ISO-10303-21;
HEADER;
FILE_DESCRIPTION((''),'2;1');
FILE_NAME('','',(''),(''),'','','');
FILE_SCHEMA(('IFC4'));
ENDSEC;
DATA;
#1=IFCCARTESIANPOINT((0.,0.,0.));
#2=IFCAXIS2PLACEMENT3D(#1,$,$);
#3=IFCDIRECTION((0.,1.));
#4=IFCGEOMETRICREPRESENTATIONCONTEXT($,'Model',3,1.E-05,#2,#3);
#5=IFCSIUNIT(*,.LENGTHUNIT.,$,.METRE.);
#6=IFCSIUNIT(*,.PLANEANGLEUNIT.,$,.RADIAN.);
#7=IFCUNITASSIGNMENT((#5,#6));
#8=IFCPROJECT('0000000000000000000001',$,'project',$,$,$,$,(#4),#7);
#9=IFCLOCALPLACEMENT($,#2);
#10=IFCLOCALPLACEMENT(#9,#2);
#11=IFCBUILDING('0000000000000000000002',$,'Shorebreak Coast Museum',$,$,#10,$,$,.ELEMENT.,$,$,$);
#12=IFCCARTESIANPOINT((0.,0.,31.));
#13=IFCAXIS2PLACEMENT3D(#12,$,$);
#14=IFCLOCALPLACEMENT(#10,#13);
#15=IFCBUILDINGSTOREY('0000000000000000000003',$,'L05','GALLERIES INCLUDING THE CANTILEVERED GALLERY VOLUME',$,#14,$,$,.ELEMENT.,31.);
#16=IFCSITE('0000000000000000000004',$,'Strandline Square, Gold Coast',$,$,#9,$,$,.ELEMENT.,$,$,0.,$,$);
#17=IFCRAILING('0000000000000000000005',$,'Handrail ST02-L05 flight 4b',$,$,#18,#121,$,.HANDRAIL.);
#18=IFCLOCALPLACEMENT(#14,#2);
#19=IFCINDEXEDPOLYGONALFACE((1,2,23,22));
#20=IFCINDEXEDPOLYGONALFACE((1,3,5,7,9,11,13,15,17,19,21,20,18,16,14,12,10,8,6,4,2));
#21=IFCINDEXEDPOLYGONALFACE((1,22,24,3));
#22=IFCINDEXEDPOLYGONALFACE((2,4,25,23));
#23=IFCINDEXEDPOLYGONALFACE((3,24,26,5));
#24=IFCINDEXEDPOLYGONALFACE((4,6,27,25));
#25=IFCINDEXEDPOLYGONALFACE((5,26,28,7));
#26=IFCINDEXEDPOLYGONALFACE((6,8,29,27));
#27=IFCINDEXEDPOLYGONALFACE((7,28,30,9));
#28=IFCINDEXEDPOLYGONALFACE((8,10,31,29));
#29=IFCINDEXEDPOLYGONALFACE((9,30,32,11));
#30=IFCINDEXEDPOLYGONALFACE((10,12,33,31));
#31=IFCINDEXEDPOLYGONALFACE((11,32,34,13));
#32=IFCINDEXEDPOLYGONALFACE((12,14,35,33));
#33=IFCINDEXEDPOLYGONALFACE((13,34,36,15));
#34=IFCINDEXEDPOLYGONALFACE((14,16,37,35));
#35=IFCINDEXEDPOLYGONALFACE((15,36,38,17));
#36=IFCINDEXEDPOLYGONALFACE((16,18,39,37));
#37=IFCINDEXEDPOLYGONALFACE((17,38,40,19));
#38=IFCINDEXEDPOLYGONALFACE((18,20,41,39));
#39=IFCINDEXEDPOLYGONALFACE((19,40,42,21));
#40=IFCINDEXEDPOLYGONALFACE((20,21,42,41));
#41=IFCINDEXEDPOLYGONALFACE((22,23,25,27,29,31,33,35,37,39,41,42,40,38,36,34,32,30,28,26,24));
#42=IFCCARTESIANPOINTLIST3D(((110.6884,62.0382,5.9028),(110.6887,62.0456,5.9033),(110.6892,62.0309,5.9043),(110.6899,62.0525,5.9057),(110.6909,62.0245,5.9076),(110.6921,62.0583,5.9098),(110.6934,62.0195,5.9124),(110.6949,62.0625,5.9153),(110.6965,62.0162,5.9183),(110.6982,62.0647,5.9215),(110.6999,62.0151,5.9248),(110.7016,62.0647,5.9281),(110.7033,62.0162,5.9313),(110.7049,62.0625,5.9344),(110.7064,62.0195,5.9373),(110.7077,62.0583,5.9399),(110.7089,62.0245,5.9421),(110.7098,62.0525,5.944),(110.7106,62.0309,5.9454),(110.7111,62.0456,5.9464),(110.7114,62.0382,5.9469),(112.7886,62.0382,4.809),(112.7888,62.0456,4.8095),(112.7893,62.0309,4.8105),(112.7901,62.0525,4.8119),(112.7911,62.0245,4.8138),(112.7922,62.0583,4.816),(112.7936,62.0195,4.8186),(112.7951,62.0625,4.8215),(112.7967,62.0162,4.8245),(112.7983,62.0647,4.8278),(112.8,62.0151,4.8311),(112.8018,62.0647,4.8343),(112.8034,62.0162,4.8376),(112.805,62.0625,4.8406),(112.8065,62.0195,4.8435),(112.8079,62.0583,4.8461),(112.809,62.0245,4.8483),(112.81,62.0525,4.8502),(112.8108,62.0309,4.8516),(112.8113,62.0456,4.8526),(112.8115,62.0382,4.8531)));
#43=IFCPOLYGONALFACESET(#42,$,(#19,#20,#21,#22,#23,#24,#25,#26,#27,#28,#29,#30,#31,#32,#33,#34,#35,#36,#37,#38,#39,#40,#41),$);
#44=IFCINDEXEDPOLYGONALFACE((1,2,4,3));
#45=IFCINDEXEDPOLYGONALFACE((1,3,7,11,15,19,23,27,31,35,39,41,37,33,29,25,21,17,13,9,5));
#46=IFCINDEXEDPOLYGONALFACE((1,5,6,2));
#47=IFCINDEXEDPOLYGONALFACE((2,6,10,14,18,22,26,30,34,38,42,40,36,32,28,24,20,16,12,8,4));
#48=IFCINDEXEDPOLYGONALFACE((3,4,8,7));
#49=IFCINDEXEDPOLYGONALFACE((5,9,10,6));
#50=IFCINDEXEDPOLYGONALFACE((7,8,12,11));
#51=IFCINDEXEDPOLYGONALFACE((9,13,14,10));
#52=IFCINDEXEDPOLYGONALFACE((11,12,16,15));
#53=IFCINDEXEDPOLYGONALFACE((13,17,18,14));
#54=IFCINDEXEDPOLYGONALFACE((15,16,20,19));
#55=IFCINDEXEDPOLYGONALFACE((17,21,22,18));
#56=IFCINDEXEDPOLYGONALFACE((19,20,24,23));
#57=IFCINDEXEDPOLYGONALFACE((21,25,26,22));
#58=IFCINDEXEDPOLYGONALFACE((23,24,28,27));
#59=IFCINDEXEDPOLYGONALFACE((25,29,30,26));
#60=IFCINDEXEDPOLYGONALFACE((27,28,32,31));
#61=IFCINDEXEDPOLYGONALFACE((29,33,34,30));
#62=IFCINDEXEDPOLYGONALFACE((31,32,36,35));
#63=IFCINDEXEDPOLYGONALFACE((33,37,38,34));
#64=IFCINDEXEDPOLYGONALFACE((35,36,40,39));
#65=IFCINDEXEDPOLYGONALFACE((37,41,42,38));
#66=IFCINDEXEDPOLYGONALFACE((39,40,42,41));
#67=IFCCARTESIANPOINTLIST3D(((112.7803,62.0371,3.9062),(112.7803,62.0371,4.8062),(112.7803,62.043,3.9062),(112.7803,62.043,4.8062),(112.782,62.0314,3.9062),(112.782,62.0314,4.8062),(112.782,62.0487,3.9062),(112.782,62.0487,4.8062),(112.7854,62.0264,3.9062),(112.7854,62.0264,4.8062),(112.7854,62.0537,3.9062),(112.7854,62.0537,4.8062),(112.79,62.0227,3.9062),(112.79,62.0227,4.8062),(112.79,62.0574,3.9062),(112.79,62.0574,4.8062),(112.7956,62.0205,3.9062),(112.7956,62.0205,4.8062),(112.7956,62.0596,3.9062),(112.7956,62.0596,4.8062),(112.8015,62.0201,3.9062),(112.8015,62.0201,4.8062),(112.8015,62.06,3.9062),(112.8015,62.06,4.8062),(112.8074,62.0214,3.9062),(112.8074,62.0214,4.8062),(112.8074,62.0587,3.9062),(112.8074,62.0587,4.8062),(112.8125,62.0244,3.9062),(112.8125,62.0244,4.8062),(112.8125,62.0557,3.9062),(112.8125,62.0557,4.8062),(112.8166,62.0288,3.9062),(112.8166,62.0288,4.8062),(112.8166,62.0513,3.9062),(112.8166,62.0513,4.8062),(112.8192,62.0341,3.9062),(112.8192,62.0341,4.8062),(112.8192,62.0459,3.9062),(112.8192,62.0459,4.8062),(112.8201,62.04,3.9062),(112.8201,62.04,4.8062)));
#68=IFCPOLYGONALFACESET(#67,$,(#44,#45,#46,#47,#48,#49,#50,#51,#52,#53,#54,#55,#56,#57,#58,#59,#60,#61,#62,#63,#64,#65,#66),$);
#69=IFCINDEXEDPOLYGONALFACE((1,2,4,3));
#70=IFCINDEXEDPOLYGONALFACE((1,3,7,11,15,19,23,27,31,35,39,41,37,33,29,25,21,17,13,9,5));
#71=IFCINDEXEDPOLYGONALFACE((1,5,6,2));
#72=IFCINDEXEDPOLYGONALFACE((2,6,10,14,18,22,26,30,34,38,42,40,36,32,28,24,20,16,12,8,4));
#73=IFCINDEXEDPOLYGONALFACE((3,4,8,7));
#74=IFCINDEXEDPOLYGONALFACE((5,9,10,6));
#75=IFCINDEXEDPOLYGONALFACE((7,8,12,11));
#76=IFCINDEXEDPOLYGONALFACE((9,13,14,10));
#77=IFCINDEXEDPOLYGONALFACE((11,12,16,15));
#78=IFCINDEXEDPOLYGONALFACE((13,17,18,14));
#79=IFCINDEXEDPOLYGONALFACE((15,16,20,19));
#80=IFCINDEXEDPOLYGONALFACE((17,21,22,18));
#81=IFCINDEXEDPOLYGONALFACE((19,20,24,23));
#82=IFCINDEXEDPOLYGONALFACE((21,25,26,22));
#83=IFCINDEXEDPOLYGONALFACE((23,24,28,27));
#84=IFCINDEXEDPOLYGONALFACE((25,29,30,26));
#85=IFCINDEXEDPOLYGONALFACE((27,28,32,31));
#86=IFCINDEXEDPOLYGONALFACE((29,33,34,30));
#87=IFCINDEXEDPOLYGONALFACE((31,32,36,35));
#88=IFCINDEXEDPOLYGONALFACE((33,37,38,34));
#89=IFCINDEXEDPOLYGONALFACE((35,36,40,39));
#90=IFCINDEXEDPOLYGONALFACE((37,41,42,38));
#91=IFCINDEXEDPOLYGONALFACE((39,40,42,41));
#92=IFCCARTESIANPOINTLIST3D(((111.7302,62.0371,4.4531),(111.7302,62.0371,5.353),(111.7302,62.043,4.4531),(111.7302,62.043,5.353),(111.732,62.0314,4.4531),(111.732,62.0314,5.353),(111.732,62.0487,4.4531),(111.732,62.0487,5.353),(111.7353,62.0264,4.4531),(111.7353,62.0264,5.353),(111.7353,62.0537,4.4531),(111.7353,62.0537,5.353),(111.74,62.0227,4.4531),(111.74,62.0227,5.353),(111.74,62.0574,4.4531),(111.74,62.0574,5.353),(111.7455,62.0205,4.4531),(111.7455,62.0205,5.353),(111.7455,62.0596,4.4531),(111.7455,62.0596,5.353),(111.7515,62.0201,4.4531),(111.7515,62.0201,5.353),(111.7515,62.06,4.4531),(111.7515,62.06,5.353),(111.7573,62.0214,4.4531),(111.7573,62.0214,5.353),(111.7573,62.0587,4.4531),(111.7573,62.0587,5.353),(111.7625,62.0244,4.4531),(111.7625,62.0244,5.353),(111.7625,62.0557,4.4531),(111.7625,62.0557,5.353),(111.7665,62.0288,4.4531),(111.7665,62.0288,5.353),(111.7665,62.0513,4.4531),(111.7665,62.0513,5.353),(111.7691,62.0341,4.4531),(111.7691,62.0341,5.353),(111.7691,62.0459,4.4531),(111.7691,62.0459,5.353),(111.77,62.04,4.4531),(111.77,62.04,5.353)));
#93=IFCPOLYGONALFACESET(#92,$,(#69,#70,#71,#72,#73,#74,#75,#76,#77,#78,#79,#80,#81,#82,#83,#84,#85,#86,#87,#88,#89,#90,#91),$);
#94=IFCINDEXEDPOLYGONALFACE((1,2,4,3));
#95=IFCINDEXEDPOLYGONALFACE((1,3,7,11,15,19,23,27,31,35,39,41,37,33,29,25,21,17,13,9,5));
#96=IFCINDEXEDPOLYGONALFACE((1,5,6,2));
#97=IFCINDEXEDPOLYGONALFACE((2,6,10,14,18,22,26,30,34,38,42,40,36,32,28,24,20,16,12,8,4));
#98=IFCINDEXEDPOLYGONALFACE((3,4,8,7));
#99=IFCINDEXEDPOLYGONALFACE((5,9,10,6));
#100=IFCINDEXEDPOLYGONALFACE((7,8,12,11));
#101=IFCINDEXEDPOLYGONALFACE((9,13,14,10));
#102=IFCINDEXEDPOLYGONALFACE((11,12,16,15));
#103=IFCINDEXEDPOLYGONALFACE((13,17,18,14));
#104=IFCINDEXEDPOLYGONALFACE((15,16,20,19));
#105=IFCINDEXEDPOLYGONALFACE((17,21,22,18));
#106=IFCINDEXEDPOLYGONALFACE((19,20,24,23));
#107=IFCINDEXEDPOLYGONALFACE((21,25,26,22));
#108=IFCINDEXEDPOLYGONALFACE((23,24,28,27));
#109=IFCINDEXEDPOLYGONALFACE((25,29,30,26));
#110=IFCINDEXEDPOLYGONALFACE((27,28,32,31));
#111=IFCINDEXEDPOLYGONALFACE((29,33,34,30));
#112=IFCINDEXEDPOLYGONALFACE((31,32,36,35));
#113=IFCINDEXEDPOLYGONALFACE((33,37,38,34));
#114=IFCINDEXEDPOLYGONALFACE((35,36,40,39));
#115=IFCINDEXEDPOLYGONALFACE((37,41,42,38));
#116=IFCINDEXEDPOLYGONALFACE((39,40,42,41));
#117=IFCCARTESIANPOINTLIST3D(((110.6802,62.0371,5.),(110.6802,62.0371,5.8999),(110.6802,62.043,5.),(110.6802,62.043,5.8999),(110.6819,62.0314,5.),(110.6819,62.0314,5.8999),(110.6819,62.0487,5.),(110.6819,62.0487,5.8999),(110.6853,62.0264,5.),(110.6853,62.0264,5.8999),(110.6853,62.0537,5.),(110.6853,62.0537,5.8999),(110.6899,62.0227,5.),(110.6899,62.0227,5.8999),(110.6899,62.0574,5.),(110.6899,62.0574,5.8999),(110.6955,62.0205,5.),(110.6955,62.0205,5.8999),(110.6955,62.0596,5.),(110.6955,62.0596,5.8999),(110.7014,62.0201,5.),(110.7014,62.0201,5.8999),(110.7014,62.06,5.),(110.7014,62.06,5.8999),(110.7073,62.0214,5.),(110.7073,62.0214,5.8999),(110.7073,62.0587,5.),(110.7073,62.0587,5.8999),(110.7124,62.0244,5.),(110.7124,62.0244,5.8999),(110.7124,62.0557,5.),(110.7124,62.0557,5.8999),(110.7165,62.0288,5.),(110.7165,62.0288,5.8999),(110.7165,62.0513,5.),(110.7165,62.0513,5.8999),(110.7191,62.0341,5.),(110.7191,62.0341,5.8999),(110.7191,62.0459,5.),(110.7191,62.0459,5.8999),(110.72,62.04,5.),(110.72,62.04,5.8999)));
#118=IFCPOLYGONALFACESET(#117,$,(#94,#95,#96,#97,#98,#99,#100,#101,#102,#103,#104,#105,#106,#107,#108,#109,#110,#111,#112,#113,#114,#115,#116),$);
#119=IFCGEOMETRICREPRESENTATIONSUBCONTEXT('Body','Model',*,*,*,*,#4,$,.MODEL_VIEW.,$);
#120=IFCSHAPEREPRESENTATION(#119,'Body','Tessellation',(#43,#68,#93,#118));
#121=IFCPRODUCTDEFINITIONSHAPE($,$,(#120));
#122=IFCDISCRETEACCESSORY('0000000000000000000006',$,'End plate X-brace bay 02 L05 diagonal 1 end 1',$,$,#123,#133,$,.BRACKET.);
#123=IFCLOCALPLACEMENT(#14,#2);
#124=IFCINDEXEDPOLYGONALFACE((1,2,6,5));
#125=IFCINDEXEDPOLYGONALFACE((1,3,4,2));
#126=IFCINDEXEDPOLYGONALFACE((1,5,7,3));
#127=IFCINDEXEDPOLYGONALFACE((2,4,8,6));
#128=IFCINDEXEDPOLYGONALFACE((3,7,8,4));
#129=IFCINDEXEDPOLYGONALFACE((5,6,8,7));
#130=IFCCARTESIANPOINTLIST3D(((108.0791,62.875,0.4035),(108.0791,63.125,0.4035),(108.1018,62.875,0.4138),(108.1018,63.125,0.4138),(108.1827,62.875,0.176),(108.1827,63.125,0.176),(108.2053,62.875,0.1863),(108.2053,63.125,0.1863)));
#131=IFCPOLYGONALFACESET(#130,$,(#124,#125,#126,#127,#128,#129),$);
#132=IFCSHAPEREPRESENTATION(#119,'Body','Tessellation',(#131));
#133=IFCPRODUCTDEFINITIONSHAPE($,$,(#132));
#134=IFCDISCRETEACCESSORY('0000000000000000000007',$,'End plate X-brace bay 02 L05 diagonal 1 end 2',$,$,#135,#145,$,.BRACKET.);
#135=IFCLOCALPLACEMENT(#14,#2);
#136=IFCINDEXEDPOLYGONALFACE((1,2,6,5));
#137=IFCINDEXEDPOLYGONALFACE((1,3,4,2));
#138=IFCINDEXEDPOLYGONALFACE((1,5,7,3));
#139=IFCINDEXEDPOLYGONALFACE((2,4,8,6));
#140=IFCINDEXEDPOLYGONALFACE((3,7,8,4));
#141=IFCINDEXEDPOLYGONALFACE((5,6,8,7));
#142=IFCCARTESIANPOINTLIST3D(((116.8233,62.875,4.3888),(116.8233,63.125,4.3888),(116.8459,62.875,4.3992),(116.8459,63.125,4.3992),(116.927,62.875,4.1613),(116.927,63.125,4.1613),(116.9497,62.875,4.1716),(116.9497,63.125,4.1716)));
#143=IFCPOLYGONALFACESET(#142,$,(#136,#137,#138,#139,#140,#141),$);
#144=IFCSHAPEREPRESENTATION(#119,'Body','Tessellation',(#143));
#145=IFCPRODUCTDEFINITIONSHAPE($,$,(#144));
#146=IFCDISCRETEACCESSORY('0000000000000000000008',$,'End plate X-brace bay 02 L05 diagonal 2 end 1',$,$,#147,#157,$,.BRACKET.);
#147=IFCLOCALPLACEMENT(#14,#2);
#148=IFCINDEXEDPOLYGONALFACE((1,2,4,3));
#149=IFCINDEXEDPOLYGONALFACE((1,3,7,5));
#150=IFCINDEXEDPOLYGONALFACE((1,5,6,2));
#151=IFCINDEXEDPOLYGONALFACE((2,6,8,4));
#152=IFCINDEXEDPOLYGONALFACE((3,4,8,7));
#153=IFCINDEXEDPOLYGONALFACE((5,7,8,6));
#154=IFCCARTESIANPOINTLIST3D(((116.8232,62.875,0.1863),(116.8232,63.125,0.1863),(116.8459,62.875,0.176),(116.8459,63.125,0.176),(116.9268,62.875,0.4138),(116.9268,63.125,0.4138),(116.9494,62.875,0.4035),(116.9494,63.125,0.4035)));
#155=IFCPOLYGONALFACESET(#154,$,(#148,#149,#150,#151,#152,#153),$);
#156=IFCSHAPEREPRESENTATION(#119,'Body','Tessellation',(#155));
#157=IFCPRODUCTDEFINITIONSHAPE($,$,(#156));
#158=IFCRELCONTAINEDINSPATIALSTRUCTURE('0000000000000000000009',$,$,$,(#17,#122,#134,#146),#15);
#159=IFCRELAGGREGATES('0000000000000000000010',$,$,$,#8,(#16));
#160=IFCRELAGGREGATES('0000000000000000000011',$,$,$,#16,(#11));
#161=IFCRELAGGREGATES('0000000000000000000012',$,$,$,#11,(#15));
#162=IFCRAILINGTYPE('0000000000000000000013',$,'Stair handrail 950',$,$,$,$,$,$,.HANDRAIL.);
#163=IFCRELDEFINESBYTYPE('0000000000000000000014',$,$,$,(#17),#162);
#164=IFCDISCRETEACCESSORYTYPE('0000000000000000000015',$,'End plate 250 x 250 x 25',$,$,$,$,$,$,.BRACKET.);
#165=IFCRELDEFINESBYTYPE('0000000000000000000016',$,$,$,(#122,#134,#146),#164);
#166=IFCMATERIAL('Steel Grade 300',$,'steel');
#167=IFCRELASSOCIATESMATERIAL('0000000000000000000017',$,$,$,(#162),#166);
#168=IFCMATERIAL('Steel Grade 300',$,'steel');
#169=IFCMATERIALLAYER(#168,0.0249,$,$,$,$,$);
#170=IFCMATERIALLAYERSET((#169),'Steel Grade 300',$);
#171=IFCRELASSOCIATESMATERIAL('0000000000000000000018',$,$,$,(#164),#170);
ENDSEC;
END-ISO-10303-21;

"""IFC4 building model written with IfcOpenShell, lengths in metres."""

from ifc_helpers import new_model, si_unit, direction, frame, origin, origin_2d, place, context, subcontext, project, spatial, polyline, circle, outline, extrude, material, layer, layer_set, type_object, element, save


model = new_model("IFC4")

# Units and contexts
model_context = context("Model", 3, precision=1e-05, world=origin(), true_north=direction((0.0, 1.0)))
body_context = subcontext(model_context, "Body", "Model", "MODEL_VIEW")
ifc_project = project(units=[si_unit("LENGTHUNIT", "METRE"), si_unit("PLANEANGLEUNIT", "RADIAN")], contexts=[model_context])

# Site, building, storey
site_placement = place(None, origin())
site = spatial("IfcSite", under=ifc_project, at=site_placement, Name="Strandline Square, Gold Coast", CompositionType="ELEMENT", RefElevation=0.0)
building_placement = place(site_placement, origin())
building = spatial("IfcBuilding", under=site, at=building_placement, Name="Shorebreak Coast Museum", CompositionType="ELEMENT")
storey_placement = place(building_placement, frame((0.0, 0.0, 31.0)))
storey = spatial("IfcBuildingStorey", under=building, at=storey_placement, Name="L05", Description="GALLERIES INCLUDING THE CANTILEVERED GALLERY VOLUME", CompositionType="ELEMENT", Elevation=31.0)

# Railing
ifc_material_1 = material(Name="Steel Grade 300", Category="steel")
railing_type = type_object("IfcRailingType", Name="Stair handrail 950", PredefinedType="HANDRAIL", material=ifc_material_1)
for number, where, name in (
    (1, (112.8, 62.04, 3.9062), "Handrail ST02-L05 flight 4b"),
):
    element("IfcRailing", number, at=place(storey_placement, frame(where)), inside=storey, type_object=railing_type, Name=name, PredefinedType="HANDRAIL", context=body_context, shape_type="SweptSolid", body=[
        extrude(circle(Radius=0.0249, at=origin_2d()), frame((0.0, 0.0, 0.9248), z_axis=(-0.886923, 0.0, 0.461918), x_axis=(0.0, -1.0, 0.0)), (0.0, 0.0, 1.0), 2.3679),
        extrude(circle(Radius=0.02, at=origin_2d()), origin(), (0.0, 0.0, 1.0), 0.8999),
        extrude(circle(Radius=0.02, at=origin_2d()), frame((-1.05, 0.0, 0.5469)), (0.0, 0.0, 1.0), 0.8999),
        extrude(circle(Radius=0.02, at=origin_2d()), frame((-2.1001, 0.0, 1.0938)), (0.0, 0.0, 1.0), 0.8999),
    ])

# Discrete accessories
ifc_material_2 = material(Name="Steel Grade 300", Category="steel")
ifc_layer_1 = layer(ifc_material_2, 0.0249)
ifc_layer_set_1 = layer_set([ifc_layer_1], Name="Steel Grade 300")
discrete_accessory_type = type_object("IfcDiscreteAccessoryType", Name="End plate 250 x 250 x 25", PredefinedType="BRACKET", material=ifc_layer_set_1)
discrete_accessory_1_placement = place(storey_placement, frame((108.2053, 62.875, 0.1863), z_axis=(0.910233, 0.0, 0.414097), x_axis=(0.0, 1.0, 0.0)))
element("IfcDiscreteAccessory", 2, at=discrete_accessory_1_placement, inside=storey, type_object=discrete_accessory_type, Name="End plate X-brace bay 02 L05 diagonal 1 end 1", PredefinedType="BRACKET", context=body_context, shape_type="SweptSolid", body=[
    extrude(outline(polyline([(0.0, 0.0), (0.25, 0.0), (0.25, 0.25), (0.0, 0.25), (0.0, 0.0)])), origin(), (0.0, 0.0, -1.0), 0.0249),
])
discrete_accessory_2_placement = place(storey_placement, frame((116.9497, 62.875, 4.1716), z_axis=(0.909864, 0.0, 0.414906), x_axis=(0.0, 1.0, 0.0)))
element("IfcDiscreteAccessory", 3, at=discrete_accessory_2_placement, inside=storey, type_object=discrete_accessory_type, Name="End plate X-brace bay 02 L05 diagonal 1 end 2", PredefinedType="BRACKET", context=body_context, shape_type="SweptSolid", body=[
    extrude(outline(polyline([(0.0, 0.0), (0.25, 0.0), (0.25, 0.2501), (0.0, 0.2501), (0.0, 0.0)])), origin(), (0.0, 0.0, -1.0), 0.0249),
])
discrete_accessory_3_placement = place(storey_placement, frame((116.8232, 63.125, 0.1863), z_axis=(-0.910233, 0.0, 0.414097), x_axis=(0.0, -1.0, 0.0)))
element("IfcDiscreteAccessory", 4, at=discrete_accessory_3_placement, inside=storey, type_object=discrete_accessory_type, Name="End plate X-brace bay 02 L05 diagonal 2 end 1", PredefinedType="BRACKET", context=body_context, shape_type="SweptSolid", body=[
    extrude(outline(polyline([(0.0, 0.0), (0.25, 0.0), (0.25, 0.25), (0.0, 0.25), (0.0, 0.0)])), origin(), (0.0, 0.0, -1.0), 0.0249),
])

save(model, "model.ifc")
